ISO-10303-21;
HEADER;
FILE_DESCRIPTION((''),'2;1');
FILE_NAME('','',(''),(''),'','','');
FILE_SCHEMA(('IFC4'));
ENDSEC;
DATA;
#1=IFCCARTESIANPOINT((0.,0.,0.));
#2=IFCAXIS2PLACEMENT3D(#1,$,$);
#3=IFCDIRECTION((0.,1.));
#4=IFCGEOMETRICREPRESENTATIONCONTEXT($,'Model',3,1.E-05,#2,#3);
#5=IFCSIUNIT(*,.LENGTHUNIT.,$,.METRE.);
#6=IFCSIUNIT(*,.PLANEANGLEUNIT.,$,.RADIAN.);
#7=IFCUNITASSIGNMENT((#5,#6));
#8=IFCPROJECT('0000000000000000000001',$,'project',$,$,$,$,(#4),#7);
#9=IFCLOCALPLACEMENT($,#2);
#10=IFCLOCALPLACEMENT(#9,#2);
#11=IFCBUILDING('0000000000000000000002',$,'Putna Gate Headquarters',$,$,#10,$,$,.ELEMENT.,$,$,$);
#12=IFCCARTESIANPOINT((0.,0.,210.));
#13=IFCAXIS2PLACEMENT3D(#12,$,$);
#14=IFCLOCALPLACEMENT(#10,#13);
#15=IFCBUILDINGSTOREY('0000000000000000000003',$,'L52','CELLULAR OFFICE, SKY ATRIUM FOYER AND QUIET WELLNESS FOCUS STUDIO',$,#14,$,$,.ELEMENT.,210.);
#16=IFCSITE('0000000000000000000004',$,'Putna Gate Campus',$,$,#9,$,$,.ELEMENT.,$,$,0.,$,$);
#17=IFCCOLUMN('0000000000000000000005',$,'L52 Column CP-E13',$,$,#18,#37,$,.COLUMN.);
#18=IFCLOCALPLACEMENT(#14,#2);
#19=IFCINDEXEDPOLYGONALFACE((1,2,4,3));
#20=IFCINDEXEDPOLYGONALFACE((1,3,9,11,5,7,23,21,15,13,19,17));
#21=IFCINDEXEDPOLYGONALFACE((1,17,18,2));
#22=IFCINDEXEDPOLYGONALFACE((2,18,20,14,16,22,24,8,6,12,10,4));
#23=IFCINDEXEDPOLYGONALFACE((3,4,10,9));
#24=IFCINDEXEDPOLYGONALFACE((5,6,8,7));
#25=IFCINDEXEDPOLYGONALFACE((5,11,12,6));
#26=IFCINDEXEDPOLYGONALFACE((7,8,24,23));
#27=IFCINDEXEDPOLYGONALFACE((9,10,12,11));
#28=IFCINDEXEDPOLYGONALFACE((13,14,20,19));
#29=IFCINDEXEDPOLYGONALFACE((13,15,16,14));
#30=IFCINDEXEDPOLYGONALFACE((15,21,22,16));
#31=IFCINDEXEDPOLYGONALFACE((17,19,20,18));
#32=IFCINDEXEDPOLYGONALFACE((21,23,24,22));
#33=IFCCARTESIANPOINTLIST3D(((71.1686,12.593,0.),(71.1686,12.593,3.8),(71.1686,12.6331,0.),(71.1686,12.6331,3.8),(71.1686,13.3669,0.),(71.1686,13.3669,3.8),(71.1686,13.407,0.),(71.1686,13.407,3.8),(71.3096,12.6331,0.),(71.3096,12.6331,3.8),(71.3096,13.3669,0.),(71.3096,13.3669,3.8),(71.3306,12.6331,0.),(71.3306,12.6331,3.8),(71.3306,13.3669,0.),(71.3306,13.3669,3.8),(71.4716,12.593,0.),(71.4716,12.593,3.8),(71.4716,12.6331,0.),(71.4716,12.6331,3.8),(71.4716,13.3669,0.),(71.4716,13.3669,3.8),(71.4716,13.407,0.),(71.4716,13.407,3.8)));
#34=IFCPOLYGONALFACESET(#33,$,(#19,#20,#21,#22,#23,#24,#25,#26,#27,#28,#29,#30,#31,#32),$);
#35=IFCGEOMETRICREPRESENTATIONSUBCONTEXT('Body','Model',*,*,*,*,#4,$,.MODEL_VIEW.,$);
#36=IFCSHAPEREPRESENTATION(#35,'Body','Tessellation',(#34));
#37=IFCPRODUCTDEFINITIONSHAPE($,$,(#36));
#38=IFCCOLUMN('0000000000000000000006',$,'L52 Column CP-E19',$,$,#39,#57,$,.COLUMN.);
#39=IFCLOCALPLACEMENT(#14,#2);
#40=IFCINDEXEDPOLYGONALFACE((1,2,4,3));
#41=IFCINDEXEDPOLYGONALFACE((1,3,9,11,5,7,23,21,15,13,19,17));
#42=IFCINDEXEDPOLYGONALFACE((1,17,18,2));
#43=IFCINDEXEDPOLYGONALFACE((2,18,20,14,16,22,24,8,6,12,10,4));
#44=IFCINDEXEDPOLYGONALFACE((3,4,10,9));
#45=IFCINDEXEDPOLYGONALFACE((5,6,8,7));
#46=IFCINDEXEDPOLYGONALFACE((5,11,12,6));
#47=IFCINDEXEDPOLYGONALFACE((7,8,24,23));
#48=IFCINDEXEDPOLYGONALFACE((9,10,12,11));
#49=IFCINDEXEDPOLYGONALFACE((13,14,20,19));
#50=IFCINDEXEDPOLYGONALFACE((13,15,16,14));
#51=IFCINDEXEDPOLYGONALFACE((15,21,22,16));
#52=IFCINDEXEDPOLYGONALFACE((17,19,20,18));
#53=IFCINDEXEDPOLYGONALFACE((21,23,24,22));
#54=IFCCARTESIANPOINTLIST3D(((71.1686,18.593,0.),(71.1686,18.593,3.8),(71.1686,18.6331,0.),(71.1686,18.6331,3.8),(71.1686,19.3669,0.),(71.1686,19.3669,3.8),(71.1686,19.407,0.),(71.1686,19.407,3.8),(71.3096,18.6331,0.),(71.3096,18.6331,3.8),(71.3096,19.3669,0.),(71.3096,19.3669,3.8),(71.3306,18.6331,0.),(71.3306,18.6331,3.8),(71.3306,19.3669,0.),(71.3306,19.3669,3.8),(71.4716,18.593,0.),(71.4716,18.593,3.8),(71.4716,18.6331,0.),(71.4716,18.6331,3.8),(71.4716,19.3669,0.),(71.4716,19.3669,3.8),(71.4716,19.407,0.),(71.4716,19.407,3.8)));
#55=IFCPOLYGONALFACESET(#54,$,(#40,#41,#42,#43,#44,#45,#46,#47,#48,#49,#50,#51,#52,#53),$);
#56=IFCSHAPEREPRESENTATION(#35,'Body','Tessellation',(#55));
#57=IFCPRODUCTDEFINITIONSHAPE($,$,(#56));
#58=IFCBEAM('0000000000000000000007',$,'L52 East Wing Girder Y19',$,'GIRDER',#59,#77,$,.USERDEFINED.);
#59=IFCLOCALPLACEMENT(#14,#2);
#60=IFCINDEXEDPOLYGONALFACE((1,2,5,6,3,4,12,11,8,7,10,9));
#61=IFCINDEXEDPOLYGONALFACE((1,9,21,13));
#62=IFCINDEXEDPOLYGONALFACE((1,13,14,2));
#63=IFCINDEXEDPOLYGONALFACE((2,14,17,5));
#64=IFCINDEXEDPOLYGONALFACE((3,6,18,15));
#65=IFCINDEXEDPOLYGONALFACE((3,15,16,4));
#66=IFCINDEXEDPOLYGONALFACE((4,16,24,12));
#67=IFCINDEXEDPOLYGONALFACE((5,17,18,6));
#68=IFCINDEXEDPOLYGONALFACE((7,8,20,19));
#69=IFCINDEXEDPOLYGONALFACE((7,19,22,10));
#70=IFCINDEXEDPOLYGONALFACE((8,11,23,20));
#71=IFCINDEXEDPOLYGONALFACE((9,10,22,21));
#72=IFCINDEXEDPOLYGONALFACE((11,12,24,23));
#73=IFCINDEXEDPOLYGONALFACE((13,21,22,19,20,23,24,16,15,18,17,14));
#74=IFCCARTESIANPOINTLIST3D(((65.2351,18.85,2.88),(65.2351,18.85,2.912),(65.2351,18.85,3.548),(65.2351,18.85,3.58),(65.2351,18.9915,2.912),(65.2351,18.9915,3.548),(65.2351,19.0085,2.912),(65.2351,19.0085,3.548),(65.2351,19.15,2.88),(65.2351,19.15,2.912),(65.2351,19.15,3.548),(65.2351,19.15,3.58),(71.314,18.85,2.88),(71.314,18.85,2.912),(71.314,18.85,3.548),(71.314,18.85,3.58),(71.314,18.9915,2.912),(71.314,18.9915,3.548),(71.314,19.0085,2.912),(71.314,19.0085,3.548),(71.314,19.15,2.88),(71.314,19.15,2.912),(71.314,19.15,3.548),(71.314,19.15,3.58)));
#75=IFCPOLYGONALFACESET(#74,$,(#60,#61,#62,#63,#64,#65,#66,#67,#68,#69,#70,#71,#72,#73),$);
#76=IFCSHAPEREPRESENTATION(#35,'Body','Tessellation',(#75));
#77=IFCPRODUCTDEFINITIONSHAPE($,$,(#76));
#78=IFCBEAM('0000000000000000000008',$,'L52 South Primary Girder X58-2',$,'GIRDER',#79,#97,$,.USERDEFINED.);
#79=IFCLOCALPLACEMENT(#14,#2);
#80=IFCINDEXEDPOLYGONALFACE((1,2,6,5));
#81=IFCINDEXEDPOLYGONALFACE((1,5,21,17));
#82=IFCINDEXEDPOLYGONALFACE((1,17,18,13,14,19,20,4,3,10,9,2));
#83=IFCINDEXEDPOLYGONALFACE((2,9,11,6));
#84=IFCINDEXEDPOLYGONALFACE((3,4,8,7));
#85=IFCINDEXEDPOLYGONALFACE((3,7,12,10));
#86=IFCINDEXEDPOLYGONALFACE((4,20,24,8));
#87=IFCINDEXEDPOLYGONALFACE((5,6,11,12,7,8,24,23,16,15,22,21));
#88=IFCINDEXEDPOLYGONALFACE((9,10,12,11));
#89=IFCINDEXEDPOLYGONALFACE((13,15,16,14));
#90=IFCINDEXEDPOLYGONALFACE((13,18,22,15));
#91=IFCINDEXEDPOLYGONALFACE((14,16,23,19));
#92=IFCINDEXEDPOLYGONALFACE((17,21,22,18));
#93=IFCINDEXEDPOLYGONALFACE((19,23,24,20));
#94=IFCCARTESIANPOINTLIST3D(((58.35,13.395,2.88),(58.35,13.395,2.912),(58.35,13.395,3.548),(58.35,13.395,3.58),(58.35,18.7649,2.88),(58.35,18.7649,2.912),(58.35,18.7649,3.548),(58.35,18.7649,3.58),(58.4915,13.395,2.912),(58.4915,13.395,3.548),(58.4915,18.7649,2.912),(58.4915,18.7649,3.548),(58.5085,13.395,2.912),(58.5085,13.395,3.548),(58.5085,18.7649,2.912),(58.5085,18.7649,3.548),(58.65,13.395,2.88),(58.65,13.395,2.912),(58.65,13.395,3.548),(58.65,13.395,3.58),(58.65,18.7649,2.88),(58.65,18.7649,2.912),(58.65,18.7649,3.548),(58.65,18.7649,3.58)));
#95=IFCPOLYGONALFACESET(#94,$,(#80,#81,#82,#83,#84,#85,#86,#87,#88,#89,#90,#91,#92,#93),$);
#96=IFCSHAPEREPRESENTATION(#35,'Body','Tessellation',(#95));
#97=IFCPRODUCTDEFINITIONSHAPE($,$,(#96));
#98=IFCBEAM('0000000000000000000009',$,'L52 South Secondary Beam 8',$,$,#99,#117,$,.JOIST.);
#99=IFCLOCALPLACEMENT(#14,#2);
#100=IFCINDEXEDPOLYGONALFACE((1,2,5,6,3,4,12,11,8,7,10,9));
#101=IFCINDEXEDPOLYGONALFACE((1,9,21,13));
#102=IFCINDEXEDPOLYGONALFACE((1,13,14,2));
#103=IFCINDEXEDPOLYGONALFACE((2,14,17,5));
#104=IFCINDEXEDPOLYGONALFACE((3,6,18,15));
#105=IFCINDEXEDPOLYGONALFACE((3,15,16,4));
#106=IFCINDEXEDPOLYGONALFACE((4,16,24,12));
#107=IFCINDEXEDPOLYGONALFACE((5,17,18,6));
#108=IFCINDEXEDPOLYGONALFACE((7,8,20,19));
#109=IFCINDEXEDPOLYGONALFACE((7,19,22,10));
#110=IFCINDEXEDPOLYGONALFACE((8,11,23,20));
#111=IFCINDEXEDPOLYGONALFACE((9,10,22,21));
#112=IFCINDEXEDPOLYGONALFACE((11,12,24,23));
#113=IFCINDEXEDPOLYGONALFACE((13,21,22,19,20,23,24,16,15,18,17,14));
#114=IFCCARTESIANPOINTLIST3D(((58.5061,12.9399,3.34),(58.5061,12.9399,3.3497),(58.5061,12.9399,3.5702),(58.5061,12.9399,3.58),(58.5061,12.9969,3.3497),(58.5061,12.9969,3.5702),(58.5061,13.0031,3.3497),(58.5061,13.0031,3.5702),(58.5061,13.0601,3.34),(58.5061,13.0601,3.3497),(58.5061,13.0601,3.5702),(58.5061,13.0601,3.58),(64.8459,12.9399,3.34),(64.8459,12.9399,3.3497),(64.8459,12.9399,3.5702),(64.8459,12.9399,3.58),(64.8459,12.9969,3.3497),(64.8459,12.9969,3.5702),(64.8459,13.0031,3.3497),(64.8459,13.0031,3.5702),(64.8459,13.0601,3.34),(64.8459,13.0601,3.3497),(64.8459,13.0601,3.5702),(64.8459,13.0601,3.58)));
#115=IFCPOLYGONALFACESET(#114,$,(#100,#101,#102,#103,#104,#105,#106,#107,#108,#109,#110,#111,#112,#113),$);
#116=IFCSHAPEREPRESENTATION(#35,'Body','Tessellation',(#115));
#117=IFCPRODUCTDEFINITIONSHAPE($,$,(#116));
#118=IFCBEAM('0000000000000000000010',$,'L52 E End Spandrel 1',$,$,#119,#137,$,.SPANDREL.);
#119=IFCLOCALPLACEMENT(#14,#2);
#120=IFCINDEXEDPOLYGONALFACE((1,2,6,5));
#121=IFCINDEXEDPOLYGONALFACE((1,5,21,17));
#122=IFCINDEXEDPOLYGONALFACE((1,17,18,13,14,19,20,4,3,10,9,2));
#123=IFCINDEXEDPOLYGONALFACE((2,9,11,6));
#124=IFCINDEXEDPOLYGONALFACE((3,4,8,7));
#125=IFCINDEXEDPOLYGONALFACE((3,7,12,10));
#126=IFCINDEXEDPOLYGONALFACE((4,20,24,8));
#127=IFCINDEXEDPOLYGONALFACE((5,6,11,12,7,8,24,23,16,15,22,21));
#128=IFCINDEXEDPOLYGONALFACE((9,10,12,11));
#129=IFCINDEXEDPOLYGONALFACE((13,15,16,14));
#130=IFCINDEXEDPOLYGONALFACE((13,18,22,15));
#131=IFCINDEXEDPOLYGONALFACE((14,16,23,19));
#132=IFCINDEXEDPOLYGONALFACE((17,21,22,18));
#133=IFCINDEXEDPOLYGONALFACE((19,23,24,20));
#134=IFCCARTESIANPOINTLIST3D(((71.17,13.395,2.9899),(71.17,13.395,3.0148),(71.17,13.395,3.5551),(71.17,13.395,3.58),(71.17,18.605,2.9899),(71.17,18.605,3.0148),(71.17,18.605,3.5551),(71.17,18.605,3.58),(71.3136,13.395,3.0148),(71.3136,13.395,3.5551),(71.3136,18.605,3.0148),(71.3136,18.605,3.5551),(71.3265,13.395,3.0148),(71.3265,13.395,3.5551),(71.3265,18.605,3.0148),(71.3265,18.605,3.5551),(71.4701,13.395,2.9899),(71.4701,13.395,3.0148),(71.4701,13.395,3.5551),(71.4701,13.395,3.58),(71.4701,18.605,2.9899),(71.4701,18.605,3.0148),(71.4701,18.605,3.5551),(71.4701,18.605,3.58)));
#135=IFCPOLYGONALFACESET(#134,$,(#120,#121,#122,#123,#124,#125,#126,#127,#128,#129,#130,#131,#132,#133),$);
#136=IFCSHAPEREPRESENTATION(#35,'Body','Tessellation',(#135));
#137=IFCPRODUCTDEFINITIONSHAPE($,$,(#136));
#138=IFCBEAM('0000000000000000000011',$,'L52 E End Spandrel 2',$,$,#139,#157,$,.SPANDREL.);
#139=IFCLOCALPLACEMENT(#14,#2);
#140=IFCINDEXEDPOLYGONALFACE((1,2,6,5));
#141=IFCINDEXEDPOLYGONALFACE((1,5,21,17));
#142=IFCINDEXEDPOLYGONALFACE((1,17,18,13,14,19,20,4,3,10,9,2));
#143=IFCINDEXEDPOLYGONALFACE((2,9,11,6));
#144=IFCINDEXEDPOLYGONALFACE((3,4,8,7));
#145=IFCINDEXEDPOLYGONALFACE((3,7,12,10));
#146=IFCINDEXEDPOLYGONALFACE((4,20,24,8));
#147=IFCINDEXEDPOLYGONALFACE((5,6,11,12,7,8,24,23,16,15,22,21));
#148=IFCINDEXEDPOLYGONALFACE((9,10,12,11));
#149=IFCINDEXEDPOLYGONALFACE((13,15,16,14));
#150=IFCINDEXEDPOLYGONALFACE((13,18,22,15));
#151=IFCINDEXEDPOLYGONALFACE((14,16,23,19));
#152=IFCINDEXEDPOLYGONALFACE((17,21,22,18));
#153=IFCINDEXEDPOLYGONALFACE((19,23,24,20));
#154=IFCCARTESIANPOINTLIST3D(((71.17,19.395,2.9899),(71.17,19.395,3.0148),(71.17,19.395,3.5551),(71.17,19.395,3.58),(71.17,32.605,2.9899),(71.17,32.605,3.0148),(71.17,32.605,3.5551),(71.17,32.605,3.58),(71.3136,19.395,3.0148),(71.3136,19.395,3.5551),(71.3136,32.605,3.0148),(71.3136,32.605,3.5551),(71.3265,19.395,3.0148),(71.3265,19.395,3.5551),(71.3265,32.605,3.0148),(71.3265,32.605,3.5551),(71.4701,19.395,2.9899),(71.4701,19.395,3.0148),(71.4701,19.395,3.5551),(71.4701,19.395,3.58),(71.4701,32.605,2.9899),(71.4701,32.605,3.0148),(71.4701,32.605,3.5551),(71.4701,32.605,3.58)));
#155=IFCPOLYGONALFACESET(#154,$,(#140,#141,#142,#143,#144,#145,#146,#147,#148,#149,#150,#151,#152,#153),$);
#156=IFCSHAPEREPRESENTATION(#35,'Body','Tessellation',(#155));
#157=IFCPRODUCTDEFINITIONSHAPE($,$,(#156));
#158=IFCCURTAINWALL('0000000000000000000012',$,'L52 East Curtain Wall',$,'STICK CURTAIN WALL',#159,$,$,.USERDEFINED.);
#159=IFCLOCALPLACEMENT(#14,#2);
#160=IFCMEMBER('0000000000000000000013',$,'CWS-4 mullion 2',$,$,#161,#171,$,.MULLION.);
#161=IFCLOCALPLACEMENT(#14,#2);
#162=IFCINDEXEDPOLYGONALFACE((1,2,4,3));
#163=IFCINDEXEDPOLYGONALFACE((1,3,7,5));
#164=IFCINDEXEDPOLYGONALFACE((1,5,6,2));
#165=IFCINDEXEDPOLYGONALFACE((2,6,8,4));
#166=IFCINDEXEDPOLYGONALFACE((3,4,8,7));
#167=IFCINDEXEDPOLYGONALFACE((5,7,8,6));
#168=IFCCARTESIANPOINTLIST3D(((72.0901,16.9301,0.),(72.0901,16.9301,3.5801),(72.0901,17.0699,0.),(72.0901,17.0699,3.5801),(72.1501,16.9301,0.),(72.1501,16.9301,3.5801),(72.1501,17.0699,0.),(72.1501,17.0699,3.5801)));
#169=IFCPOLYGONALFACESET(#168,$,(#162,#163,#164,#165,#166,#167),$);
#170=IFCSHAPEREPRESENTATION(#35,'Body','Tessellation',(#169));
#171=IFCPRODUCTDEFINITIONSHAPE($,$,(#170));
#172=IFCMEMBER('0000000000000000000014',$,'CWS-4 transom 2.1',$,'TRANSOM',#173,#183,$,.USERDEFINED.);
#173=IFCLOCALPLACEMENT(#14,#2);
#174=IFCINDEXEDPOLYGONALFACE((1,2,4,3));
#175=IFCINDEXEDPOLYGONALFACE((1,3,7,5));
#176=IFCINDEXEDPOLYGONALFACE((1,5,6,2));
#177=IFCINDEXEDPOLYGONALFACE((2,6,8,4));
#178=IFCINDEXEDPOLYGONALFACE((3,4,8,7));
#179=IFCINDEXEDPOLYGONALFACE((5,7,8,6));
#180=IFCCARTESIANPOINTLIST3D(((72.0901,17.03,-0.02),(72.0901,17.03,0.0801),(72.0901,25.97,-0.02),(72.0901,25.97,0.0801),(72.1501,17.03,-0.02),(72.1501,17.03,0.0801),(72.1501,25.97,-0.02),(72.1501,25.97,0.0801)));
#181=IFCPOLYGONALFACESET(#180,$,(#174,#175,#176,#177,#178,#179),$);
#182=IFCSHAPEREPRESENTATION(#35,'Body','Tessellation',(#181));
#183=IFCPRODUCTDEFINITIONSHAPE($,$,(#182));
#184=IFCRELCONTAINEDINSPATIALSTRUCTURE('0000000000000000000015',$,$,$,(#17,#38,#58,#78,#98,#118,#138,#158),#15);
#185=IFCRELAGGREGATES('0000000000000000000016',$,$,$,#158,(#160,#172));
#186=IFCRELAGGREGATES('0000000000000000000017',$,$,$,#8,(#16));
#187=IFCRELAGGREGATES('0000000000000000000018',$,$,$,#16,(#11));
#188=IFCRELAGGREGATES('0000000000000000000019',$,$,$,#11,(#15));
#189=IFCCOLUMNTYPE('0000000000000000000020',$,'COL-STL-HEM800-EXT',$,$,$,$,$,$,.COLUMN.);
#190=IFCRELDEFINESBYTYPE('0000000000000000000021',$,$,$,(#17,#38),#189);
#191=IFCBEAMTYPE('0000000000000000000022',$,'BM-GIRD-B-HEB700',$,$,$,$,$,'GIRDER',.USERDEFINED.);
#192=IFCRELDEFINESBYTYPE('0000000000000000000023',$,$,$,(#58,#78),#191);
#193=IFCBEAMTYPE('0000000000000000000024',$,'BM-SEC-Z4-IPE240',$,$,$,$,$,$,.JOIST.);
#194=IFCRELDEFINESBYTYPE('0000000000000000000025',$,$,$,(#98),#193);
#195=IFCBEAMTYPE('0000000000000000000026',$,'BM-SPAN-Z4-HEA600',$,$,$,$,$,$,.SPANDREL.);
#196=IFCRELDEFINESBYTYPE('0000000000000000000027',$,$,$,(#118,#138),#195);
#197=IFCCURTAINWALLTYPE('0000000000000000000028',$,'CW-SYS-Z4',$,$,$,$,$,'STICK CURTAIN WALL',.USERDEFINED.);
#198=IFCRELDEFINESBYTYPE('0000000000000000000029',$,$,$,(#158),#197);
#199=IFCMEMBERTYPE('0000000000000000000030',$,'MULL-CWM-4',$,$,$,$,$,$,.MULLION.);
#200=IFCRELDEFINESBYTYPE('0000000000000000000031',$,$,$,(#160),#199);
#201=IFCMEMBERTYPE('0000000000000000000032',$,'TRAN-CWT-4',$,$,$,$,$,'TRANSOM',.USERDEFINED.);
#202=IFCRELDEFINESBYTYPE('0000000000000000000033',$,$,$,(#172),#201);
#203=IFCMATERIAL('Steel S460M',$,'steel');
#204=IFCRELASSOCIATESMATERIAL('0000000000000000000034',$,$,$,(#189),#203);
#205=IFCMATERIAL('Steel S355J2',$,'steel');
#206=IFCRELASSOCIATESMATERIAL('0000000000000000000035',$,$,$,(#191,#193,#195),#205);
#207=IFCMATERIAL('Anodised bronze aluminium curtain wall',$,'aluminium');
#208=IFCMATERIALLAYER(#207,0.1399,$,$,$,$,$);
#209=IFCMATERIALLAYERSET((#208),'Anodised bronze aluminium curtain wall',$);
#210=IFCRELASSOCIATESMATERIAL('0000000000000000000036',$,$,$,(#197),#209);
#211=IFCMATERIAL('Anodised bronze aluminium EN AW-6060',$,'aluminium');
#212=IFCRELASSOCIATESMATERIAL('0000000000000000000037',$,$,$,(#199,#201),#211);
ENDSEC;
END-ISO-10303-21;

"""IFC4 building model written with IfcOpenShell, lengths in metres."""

from ifc_helpers import new_model, si_unit, direction, frame, origin, origin_2d, place, context, subcontext, project, spatial, rectangle, i_section, extrude, material, layer, layer_set, material_profile, profile_set, type_object, element, aggregate, save


model = new_model("IFC4")

# Units and contexts
model_context = context("Model", 3, precision=1e-05, world=origin(), true_north=direction((0.0, 1.0)))
body_context = subcontext(model_context, "Body", "Model", "MODEL_VIEW")
ifc_project = project(units=[si_unit("LENGTHUNIT", "METRE"), si_unit("PLANEANGLEUNIT", "RADIAN")], contexts=[model_context])

# Site, building, storey
site_placement = place(None, origin())
site = spatial("IfcSite", under=ifc_project, at=site_placement, Name="Putna Gate Campus", CompositionType="ELEMENT", RefElevation=0.0)
building_placement = place(site_placement, origin())
building = spatial("IfcBuilding", under=site, at=building_placement, Name="Putna Gate Headquarters", CompositionType="ELEMENT")
storey_placement = place(building_placement, frame((0.0, 0.0, 210.0)))
storey = spatial("IfcBuildingStorey", under=building, at=storey_placement, Name="L52", Description="CELLULAR OFFICE, SKY ATRIUM FOYER AND QUIET WELLNESS FOCUS STUDIO", CompositionType="ELEMENT", Elevation=210.0)

# Columns
ifc_material_1 = material(Name="Steel S460M", Category="steel")
ifc_material_profile_1 = material_profile(ifc_material_1, i_section(OverallWidth=0.303, OverallDepth=0.814, WebThickness=0.021, FlangeThickness=0.04, at=origin_2d()), Name="Steel S460M")
ifc_profile_set_1 = profile_set([ifc_material_profile_1], Name="Steel S460M")
column_type = type_object("IfcColumnType", Name="COL-STL-HEM800-EXT", PredefinedType="COLUMN", material=ifc_profile_set_1)
for number, where, z_axis, x_axis, name in (
    (1, (71.3201, 13.0, 0.0), (0.0, 0.0, 1.0), (1.0, 0.0, 0.0), "L52 Column CP-E13"),
    (2, (71.3201, 19.0, 0.0), (0.0, 0.0, 1.0), (1.0, 0.0, 0.0), "L52 Column CP-E19"),
):
    element("IfcColumn", number, at=place(storey_placement, frame(where, z_axis=z_axis, x_axis=x_axis)), inside=storey, type_object=column_type, Name=name, PredefinedType="COLUMN", context=body_context, shape_type="SweptSolid", body=[
        extrude(i_section(OverallWidth=0.303, OverallDepth=0.814, WebThickness=0.021, FlangeThickness=0.04, at=origin_2d()), origin(), (0.0, 0.0, 1.0), 3.8),
    ])

# Beams
ifc_material_2 = material(Name="Steel S355J2", Category="steel")
ifc_material_profile_2 = material_profile(ifc_material_2, i_section(OverallWidth=0.3, OverallDepth=0.7, WebThickness=0.0171, FlangeThickness=0.032, at=origin_2d()), Name="Steel S355J2")
ifc_profile_set_2 = profile_set([ifc_material_profile_2], Name="Steel S355J2")
beam_type_1 = type_object("IfcBeamType", Name="BM-GIRD-B-HEB700", ElementType="GIRDER", PredefinedType="USERDEFINED", material=ifc_profile_set_2)
beam_1_placement = place(storey_placement, frame((65.2351, 19.0, 3.23), z_axis=(1.0, 0.0, 0.0), x_axis=(0.0, 1.0, 0.0)))
element("IfcBeam", 3, at=beam_1_placement, inside=storey, type_object=beam_type_1, Name="L52 East Wing Girder Y19", ObjectType="GIRDER", PredefinedType="USERDEFINED", context=body_context, shape_type="SweptSolid", body=[
    extrude(i_section(OverallWidth=0.3, OverallDepth=0.7, WebThickness=0.0171, FlangeThickness=0.032, at=origin_2d()), origin(), (0.0, 0.0, 1.0), 6.0789),
])
beam_2_placement = place(storey_placement, frame((58.5, 13.395, 3.23), z_axis=(0.0, 1.0, 0.0), x_axis=(-1.0, 0.0, 0.0)))
element("IfcBeam", 4, at=beam_2_placement, inside=storey, type_object=beam_type_1, Name="L52 South Primary Girder X58-2", ObjectType="GIRDER", PredefinedType="USERDEFINED", context=body_context, shape_type="SweptSolid", body=[
    extrude(i_section(OverallWidth=0.3, OverallDepth=0.7, WebThickness=0.0171, FlangeThickness=0.032, at=origin_2d()), origin(), (0.0, 0.0, 1.0), 5.3699),
])
ifc_material_profile_3 = material_profile(ifc_material_2, i_section(OverallWidth=0.1201, OverallDepth=0.24, WebThickness=0.0061, FlangeThickness=0.0098, at=origin_2d()), Name="Steel S355J2")
ifc_profile_set_3 = profile_set([ifc_material_profile_3], Name="Steel S355J2")
beam_type_2 = type_object("IfcBeamType", Name="BM-SEC-Z4-IPE240", PredefinedType="JOIST", material=ifc_profile_set_3)
beam_3_placement = place(storey_placement, frame((58.5061, 13.0, 3.46), z_axis=(1.0, 0.0, 0.0), x_axis=(0.0, 1.0, 0.0)))
element("IfcBeam", 5, at=beam_3_placement, inside=storey, type_object=beam_type_2, Name="L52 South Secondary Beam 8", PredefinedType="JOIST", context=body_context, shape_type="SweptSolid", body=[
    extrude(i_section(OverallWidth=0.1201, OverallDepth=0.24, WebThickness=0.0061, FlangeThickness=0.0098, at=origin_2d()), origin(), (0.0, 0.0, 1.0), 6.3398),
])
ifc_material_profile_4 = material_profile(ifc_material_2, i_section(OverallWidth=0.3, OverallDepth=0.5901, WebThickness=0.0129, FlangeThickness=0.0249, at=origin_2d()), Name="Steel S355J2")
ifc_profile_set_4 = profile_set([ifc_material_profile_4], Name="Steel S355J2")
beam_type_3 = type_object("IfcBeamType", Name="BM-SPAN-Z4-HEA600", PredefinedType="SPANDREL", material=ifc_profile_set_4)
beam_4_placement = place(storey_placement, frame((71.3201, 13.395, 3.2849), z_axis=(0.0, 1.0, 0.0), x_axis=(-1.0, 0.0, 0.0)))
element("IfcBeam", 6, at=beam_4_placement, inside=storey, type_object=beam_type_3, Name="L52 E End Spandrel 1", PredefinedType="SPANDREL", context=body_context, shape_type="SweptSolid", body=[
    extrude(i_section(OverallWidth=0.3, OverallDepth=0.5901, WebThickness=0.0129, FlangeThickness=0.0249, at=origin_2d()), origin(), (0.0, 0.0, 1.0), 5.21),
])
beam_5_placement = place(storey_placement, frame((71.3201, 19.395, 3.2849), z_axis=(0.0, 1.0, 0.0), x_axis=(-1.0, 0.0, 0.0)))
element("IfcBeam", 7, at=beam_5_placement, inside=storey, type_object=beam_type_3, Name="L52 E End Spandrel 2", PredefinedType="SPANDREL", context=body_context, shape_type="SweptSolid", body=[
    extrude(i_section(OverallWidth=0.3, OverallDepth=0.5901, WebThickness=0.0129, FlangeThickness=0.0249, at=origin_2d()), origin(), (0.0, 0.0, 1.0), 13.21),
])

# Curtain wall, members
ifc_material_3 = material(Name="Anodised bronze aluminium curtain wall", Category="aluminium")
ifc_layer_1 = layer(ifc_material_3, 0.1399)
ifc_layer_set_1 = layer_set([ifc_layer_1], Name="Anodised bronze aluminium curtain wall")
curtain_wall_type = type_object("IfcCurtainWallType", Name="CW-SYS-Z4", ElementType="STICK CURTAIN WALL", PredefinedType="USERDEFINED", material=ifc_layer_set_1)
curtain_wall_placement = place(storey_placement, origin())
curtain_wall = element("IfcCurtainWall", 8, at=curtain_wall_placement, inside=storey, type_object=curtain_wall_type, Name="L52 East Curtain Wall", ObjectType="STICK CURTAIN WALL", PredefinedType="USERDEFINED")
ifc_material_4 = material(Name="Anodised bronze aluminium EN AW-6060", Category="aluminium")
ifc_material_profile_5 = material_profile(ifc_material_4, rectangle(XDim=0.0601, YDim=0.1399, at=origin_2d()), Name="Anodised bronze aluminium EN AW-6060")
ifc_profile_set_5 = profile_set([ifc_material_profile_5], Name="Anodised bronze aluminium EN AW-6060")
member_type_1 = type_object("IfcMemberType", Name="MULL-CWM-4", PredefinedType="MULLION", material=ifc_profile_set_5)
member_1_placement = place(storey_placement, frame((72.1201, 17.0, 0.0), z_axis=(0.0, 0.0, 1.0), x_axis=(-1.0, 0.0, 0.0)))
member_1 = element("IfcMember", 9, at=member_1_placement, type_object=member_type_1, Name="CWS-4 mullion 2", PredefinedType="MULLION", context=body_context, shape_type="SweptSolid", body=[
    extrude(rectangle(XDim=0.0601, YDim=0.1399, at=origin_2d()), origin(), (0.0, 0.0, 1.0), 3.5801),
])
ifc_material_profile_6 = material_profile(ifc_material_4, rectangle(XDim=0.0601, YDim=0.1001, at=origin_2d()), Name="Anodised bronze aluminium EN AW-6060")
ifc_profile_set_6 = profile_set([ifc_material_profile_6], Name="Anodised bronze aluminium EN AW-6060")
member_type_2 = type_object("IfcMemberType", Name="TRAN-CWT-4", ElementType="TRANSOM", PredefinedType="USERDEFINED", material=ifc_profile_set_6)
member_2_placement = place(storey_placement, frame((72.1201, 17.03, 0.03), z_axis=(0.0, 1.0, 0.0), x_axis=(-1.0, 0.0, 0.0)))
member_2 = element("IfcMember", 10, at=member_2_placement, type_object=member_type_2, Name="CWS-4 transom 2.1", ObjectType="TRANSOM", PredefinedType="USERDEFINED", context=body_context, shape_type="SweptSolid", body=[
    extrude(rectangle(XDim=0.0601, YDim=0.1001, at=origin_2d()), origin(), (0.0, 0.0, 1.0), 8.9399),
])
aggregate(curtain_wall, [member_1, member_2])

save(model, "model.ifc")
